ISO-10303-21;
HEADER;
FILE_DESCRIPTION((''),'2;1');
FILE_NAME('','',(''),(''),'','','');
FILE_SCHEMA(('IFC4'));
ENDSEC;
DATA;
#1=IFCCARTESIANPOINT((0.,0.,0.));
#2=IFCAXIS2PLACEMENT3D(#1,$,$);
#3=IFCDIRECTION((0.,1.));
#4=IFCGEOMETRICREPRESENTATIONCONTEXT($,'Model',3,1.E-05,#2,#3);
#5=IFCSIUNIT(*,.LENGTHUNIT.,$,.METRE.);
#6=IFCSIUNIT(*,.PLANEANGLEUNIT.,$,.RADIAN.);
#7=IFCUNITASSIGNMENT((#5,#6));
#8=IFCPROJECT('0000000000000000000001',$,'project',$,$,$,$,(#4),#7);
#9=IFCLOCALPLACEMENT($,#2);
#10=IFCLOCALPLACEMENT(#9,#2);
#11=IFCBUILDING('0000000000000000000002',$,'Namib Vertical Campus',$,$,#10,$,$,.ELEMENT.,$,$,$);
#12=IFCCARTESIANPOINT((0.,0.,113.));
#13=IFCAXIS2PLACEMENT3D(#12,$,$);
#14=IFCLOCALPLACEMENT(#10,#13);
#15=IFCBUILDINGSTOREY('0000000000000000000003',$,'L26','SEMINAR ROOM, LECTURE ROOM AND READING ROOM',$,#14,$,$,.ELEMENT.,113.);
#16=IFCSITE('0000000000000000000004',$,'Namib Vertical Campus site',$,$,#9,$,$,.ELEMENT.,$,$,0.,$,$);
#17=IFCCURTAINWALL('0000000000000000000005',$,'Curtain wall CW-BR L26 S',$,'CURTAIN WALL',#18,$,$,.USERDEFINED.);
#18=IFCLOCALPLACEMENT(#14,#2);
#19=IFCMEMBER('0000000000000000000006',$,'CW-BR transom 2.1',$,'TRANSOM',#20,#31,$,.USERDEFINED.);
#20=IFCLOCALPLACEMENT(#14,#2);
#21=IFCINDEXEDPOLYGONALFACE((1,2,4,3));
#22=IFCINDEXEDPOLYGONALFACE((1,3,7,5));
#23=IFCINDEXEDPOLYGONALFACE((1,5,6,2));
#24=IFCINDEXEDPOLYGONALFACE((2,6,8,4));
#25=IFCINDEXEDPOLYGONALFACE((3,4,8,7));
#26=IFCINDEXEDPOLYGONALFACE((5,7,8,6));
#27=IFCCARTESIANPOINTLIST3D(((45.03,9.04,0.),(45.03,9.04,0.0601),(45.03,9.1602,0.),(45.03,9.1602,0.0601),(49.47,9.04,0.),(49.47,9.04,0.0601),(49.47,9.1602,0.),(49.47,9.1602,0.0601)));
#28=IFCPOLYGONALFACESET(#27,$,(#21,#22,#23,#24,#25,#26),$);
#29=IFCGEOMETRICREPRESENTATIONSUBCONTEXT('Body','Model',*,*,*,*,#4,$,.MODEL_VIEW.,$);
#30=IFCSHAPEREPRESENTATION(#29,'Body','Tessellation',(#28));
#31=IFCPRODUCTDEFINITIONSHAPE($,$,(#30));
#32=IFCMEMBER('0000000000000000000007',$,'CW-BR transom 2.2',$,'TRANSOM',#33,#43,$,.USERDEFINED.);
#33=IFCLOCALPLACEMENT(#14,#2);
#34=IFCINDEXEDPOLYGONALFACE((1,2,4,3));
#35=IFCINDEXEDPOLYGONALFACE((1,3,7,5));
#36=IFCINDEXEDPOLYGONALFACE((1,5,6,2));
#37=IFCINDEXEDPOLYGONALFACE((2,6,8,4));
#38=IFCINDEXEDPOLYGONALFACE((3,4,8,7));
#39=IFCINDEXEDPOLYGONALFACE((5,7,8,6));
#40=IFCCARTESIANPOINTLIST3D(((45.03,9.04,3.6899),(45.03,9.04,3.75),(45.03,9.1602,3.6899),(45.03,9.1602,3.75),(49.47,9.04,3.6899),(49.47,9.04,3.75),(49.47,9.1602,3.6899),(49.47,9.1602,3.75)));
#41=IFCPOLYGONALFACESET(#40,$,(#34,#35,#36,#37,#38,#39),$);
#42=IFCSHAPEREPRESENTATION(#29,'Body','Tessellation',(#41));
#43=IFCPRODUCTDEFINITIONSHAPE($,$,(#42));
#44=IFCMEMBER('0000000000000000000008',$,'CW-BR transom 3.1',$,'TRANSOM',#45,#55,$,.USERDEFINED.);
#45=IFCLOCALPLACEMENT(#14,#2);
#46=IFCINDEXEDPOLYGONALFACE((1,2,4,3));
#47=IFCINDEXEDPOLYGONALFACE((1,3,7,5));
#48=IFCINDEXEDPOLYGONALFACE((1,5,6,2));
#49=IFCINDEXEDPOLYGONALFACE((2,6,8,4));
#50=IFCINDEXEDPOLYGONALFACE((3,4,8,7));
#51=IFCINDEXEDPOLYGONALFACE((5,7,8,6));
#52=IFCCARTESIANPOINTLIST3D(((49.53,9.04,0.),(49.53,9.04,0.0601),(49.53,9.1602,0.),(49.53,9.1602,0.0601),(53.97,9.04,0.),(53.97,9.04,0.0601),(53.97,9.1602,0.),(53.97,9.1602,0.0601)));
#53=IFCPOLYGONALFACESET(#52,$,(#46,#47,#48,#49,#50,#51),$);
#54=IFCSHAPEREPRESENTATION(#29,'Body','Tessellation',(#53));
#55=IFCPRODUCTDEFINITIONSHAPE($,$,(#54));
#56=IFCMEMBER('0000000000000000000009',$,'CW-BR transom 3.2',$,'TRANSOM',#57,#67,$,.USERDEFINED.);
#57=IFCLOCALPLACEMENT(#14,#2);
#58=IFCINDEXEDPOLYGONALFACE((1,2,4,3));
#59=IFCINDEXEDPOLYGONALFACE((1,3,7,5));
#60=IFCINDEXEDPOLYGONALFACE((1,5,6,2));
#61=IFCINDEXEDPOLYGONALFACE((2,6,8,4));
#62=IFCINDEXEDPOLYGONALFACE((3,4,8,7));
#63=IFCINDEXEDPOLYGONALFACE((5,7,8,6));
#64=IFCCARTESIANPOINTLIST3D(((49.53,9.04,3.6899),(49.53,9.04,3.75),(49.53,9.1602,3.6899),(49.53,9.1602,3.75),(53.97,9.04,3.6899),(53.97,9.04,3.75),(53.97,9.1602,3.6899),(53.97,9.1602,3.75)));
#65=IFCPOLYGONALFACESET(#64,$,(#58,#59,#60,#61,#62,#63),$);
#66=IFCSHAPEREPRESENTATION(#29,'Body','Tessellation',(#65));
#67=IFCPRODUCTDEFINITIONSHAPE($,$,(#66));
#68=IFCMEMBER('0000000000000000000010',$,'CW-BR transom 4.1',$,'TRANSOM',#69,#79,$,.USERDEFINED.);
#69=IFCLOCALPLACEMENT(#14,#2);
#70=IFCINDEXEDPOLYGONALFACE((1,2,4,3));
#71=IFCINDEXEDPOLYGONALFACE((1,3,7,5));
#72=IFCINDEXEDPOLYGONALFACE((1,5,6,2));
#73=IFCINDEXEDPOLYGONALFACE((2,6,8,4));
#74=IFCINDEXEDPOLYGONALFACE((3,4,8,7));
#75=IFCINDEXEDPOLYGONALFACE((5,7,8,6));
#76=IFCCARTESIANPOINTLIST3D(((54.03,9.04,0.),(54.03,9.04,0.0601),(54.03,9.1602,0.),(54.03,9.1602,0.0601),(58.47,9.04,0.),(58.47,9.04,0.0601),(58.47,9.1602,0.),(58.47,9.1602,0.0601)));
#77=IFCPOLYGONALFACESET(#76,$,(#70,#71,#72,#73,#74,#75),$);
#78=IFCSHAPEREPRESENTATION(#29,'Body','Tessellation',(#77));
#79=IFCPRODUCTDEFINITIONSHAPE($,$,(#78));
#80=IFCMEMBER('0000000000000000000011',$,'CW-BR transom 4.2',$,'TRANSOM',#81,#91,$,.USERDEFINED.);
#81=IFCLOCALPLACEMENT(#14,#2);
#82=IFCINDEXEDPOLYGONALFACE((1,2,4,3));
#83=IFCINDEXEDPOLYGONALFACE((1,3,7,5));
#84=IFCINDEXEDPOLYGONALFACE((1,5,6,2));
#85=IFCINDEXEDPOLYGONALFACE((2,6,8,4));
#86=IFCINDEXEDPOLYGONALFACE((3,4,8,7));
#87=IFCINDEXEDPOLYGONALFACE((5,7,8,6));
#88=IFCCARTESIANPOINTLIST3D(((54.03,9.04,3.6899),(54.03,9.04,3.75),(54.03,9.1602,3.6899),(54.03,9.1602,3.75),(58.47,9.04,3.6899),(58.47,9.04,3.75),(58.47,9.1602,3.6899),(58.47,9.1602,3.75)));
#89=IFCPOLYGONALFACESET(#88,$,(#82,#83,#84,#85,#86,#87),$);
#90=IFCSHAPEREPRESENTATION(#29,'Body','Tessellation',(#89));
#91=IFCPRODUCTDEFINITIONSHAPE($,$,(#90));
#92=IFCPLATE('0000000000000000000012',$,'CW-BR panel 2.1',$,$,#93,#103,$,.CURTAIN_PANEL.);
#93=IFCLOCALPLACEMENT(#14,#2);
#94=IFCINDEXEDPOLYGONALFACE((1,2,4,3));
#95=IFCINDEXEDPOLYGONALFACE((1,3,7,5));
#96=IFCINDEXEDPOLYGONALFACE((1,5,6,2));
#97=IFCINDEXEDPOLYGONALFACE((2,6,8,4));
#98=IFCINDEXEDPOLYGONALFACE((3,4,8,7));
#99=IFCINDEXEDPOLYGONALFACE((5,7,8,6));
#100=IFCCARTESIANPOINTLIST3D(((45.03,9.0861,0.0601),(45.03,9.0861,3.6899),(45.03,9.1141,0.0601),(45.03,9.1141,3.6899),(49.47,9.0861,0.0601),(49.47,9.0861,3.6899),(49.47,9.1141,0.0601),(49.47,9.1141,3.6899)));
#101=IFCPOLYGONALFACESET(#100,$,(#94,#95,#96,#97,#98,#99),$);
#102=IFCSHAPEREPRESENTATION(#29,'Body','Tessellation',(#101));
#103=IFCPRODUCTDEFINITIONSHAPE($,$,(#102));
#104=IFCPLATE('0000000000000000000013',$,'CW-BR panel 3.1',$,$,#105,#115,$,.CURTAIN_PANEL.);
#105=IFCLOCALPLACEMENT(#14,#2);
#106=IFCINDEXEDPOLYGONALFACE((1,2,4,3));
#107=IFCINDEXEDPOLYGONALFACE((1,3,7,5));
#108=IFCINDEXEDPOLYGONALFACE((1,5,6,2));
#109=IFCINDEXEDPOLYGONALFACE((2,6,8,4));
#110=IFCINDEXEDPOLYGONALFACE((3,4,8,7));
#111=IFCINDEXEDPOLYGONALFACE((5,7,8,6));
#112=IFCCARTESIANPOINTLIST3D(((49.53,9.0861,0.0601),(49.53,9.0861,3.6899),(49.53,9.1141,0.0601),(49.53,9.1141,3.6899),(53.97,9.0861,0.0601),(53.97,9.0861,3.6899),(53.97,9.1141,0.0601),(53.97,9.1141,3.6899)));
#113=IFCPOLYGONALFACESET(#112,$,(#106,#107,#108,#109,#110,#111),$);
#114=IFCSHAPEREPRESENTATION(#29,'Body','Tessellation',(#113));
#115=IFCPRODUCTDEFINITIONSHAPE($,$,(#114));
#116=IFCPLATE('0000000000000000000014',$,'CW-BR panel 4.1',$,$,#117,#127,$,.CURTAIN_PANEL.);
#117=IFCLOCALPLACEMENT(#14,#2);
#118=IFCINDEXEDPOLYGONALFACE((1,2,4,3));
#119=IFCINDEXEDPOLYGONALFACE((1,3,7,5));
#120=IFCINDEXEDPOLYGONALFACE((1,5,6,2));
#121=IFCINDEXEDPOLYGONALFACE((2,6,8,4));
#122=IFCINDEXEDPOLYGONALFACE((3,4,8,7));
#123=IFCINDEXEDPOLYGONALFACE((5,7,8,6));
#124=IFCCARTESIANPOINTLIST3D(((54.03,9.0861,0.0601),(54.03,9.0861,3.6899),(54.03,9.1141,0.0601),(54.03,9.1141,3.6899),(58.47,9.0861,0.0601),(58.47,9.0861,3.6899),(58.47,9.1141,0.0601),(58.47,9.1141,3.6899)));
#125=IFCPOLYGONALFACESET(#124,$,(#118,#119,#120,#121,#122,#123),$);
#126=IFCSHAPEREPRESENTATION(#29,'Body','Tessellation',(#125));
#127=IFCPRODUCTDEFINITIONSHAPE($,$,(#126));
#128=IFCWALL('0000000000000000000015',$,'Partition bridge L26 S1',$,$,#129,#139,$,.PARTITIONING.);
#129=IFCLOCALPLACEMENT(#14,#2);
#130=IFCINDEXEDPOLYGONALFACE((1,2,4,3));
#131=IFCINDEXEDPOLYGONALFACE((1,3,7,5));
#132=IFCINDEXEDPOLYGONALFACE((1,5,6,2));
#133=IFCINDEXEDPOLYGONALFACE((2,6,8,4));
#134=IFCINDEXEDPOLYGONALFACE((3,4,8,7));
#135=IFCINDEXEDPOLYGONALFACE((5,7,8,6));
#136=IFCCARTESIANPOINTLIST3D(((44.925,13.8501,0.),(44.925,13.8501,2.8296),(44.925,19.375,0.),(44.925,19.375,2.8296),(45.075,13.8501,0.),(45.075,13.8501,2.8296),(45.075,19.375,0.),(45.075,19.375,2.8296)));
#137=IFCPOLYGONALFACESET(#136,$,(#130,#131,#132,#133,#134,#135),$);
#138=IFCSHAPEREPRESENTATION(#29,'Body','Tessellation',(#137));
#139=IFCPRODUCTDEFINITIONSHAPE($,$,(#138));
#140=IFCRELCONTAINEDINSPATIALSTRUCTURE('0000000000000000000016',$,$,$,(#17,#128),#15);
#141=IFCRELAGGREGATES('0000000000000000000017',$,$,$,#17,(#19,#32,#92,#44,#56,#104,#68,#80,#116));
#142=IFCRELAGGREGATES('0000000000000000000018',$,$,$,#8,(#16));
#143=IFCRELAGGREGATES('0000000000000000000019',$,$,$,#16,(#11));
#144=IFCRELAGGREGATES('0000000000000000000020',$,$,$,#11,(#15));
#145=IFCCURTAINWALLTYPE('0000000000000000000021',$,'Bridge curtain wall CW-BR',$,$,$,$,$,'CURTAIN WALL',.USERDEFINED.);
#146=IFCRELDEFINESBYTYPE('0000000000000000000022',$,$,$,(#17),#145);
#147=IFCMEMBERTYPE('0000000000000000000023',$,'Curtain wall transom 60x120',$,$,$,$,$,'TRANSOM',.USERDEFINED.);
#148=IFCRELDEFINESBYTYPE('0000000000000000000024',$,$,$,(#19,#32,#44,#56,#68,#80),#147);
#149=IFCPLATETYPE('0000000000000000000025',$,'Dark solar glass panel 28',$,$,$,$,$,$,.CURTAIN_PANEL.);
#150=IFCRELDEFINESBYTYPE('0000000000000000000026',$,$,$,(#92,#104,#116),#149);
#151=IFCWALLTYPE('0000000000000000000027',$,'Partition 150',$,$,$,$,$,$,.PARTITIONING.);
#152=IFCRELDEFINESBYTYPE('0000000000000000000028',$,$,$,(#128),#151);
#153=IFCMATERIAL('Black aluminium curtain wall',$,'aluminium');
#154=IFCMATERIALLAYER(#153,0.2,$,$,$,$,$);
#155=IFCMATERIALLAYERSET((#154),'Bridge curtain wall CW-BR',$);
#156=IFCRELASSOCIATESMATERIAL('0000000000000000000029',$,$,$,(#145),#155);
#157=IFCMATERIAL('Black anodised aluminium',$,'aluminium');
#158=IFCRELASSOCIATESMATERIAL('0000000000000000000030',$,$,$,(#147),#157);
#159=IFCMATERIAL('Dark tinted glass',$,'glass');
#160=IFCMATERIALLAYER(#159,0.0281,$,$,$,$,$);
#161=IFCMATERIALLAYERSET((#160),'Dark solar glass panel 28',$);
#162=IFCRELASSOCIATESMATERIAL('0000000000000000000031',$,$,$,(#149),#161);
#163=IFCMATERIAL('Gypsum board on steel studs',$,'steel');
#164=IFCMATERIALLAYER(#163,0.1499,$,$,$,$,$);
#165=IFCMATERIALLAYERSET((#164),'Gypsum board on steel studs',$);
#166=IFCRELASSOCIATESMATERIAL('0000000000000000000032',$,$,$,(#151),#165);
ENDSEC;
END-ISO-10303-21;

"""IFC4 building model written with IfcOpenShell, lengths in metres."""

from ifc_helpers import new_model, si_unit, direction, frame, frame_2d, origin, origin_2d, place, context, subcontext, project, spatial, rectangle, extrude, material, layer, layer_set, material_profile, profile_set, type_object, element, aggregate, save


model = new_model("IFC4")

# Units and contexts
model_context = context("Model", 3, precision=1e-05, world=origin(), true_north=direction((0.0, 1.0)))
body_context = subcontext(model_context, "Body", "Model", "MODEL_VIEW")
ifc_project = project(units=[si_unit("LENGTHUNIT", "METRE"), si_unit("PLANEANGLEUNIT", "RADIAN")], contexts=[model_context])

# Site, building, storey
site_placement = place(None, origin())
site = spatial("IfcSite", under=ifc_project, at=site_placement, Name="Namib Vertical Campus site", CompositionType="ELEMENT", RefElevation=0.0)
building_placement = place(site_placement, origin())
building = spatial("IfcBuilding", under=site, at=building_placement, Name="Namib Vertical Campus", CompositionType="ELEMENT")
storey_placement = place(building_placement, frame((0.0, 0.0, 113.0)))
storey = spatial("IfcBuildingStorey", under=building, at=storey_placement, Name="L26", Description="SEMINAR ROOM, LECTURE ROOM AND READING ROOM", CompositionType="ELEMENT", Elevation=113.0)

# Curtain wall, members, plates
ifc_material_1 = material(Name="Black aluminium curtain wall", Category="aluminium")
ifc_layer_1 = layer(ifc_material_1, 0.2)
ifc_layer_set_1 = layer_set([ifc_layer_1], Name="Bridge curtain wall CW-BR")
curtain_wall_type = type_object("IfcCurtainWallType", Name="Bridge curtain wall CW-BR", ElementType="CURTAIN WALL", PredefinedType="USERDEFINED", material=ifc_layer_set_1)
curtain_wall_placement = place(storey_placement, origin())
curtain_wall = element("IfcCurtainWall", 1, at=curtain_wall_placement, inside=storey, type_object=curtain_wall_type, Name="Curtain wall CW-BR L26 S", ObjectType="CURTAIN WALL", PredefinedType="USERDEFINED")
ifc_material_2 = material(Name="Black anodised aluminium", Category="aluminium")
ifc_material_profile_1 = material_profile(ifc_material_2, rectangle(XDim=0.0601, YDim=0.1201, at=origin_2d()))
ifc_profile_set_1 = profile_set([ifc_material_profile_1], Name="Black anodised aluminium")
member_type_1 = type_object("IfcMemberType", Name="Curtain wall transom 60x120", ElementType="TRANSOM", PredefinedType="USERDEFINED", material=ifc_profile_set_1)
member_1_placement = place(storey_placement, frame((45.03, 9.1001, 0.03), z_axis=(1.0, 0.0, 0.0), x_axis=(0.0, 0.0, 1.0)))
member_1 = element("IfcMember", 2, at=member_1_placement, type_object=member_type_1, Name="CW-BR transom 2.1", ObjectType="TRANSOM", PredefinedType="USERDEFINED", context=body_context, shape_type="SweptSolid", body=[
    extrude(rectangle(XDim=0.0601, YDim=0.1201, at=origin_2d()), origin(), (0.0, 0.0, 1.0), 4.4399),
])
member_2_placement = place(storey_placement, frame((45.03, 9.1001, 3.72), z_axis=(1.0, 0.0, 0.0), x_axis=(0.0, 0.0, 1.0)))
member_2 = element("IfcMember", 3, at=member_2_placement, type_object=member_type_1, Name="CW-BR transom 2.2", ObjectType="TRANSOM", PredefinedType="USERDEFINED", context=body_context, shape_type="SweptSolid", body=[
    extrude(rectangle(XDim=0.0601, YDim=0.1201, at=origin_2d()), origin(), (0.0, 0.0, 1.0), 4.4399),
])
member_3_placement = place(storey_placement, frame((49.53, 9.1001, 0.03), z_axis=(1.0, 0.0, 0.0), x_axis=(0.0, 0.0, 1.0)))
member_3 = element("IfcMember", 4, at=member_3_placement, type_object=member_type_1, Name="CW-BR transom 3.1", ObjectType="TRANSOM", PredefinedType="USERDEFINED", context=body_context, shape_type="SweptSolid", body=[
    extrude(rectangle(XDim=0.0601, YDim=0.1201, at=origin_2d()), origin(), (0.0, 0.0, 1.0), 4.4399),
])
member_4_placement = place(storey_placement, frame((49.53, 9.1001, 3.72), z_axis=(1.0, 0.0, 0.0), x_axis=(0.0, 0.0, 1.0)))
member_4 = element("IfcMember", 5, at=member_4_placement, type_object=member_type_1, Name="CW-BR transom 3.2", ObjectType="TRANSOM", PredefinedType="USERDEFINED", context=body_context, shape_type="SweptSolid", body=[
    extrude(rectangle(XDim=0.0601, YDim=0.1201, at=origin_2d()), origin(), (0.0, 0.0, 1.0), 4.4399),
])
member_5_placement = place(storey_placement, frame((54.03, 9.1001, 0.03), z_axis=(1.0, 0.0, 0.0), x_axis=(0.0, 0.0, 1.0)))
member_5 = element("IfcMember", 6, at=member_5_placement, type_object=member_type_1, Name="CW-BR transom 4.1", ObjectType="TRANSOM", PredefinedType="USERDEFINED", context=body_context, shape_type="SweptSolid", body=[
    extrude(rectangle(XDim=0.0601, YDim=0.1201, at=origin_2d()), origin(), (0.0, 0.0, 1.0), 4.4399),
])
member_6_placement = place(storey_placement, frame((54.03, 9.1001, 3.72), z_axis=(1.0, 0.0, 0.0), x_axis=(0.0, 0.0, 1.0)))
member_6 = element("IfcMember", 7, at=member_6_placement, type_object=member_type_1, Name="CW-BR transom 4.2", ObjectType="TRANSOM", PredefinedType="USERDEFINED", context=body_context, shape_type="SweptSolid", body=[
    extrude(rectangle(XDim=0.0601, YDim=0.1201, at=origin_2d()), origin(), (0.0, 0.0, 1.0), 4.4399),
])
ifc_material_3 = material(Name="Dark tinted glass", Category="glass")
ifc_layer_2 = layer(ifc_material_3, 0.0281)
ifc_layer_set_2 = layer_set([ifc_layer_2], Name="Dark solar glass panel 28")
plate_type = type_object("IfcPlateType", Name="Dark solar glass panel 28", PredefinedType="CURTAIN_PANEL", material=ifc_layer_set_2)
plate_1_placement = place(storey_placement, frame((47.25, 9.1001, 0.0601), z_axis=(0.0, 0.0, 1.0), x_axis=(1.0, 0.0, 0.0)))
plate_1 = element("IfcPlate", 8, at=plate_1_placement, type_object=plate_type, Name="CW-BR panel 2.1", PredefinedType="CURTAIN_PANEL", context=body_context, shape_type="SweptSolid", body=[
    extrude(rectangle(XDim=4.4399, YDim=0.0281, at=origin_2d()), origin(), (0.0, 0.0, 1.0), 3.6299),
])
plate_2_placement = place(storey_placement, frame((51.75, 9.1001, 0.0601), z_axis=(0.0, 0.0, 1.0), x_axis=(1.0, 0.0, 0.0)))
plate_2 = element("IfcPlate", 9, at=plate_2_placement, type_object=plate_type, Name="CW-BR panel 3.1", PredefinedType="CURTAIN_PANEL", context=body_context, shape_type="SweptSolid", body=[
    extrude(rectangle(XDim=4.4399, YDim=0.0281, at=origin_2d()), origin(), (0.0, 0.0, 1.0), 3.6299),
])
plate_3_placement = place(storey_placement, frame((56.25, 9.1001, 0.0601), z_axis=(0.0, 0.0, 1.0), x_axis=(1.0, 0.0, 0.0)))
plate_3 = element("IfcPlate", 10, at=plate_3_placement, type_object=plate_type, Name="CW-BR panel 4.1", PredefinedType="CURTAIN_PANEL", context=body_context, shape_type="SweptSolid", body=[
    extrude(rectangle(XDim=4.4399, YDim=0.0281, at=origin_2d()), origin(), (0.0, 0.0, 1.0), 3.6299),
])
aggregate(curtain_wall, [member_1, member_2, plate_1, member_3, member_4, plate_2, member_5, member_6, plate_3])

# Wall
ifc_material_4 = material(Name="Gypsum board on steel studs", Category="steel")
ifc_layer_3 = layer(ifc_material_4, 0.1499)
ifc_layer_set_3 = layer_set([ifc_layer_3], Name="Gypsum board on steel studs")
wall_type = type_object("IfcWallType", Name="Partition 150", PredefinedType="PARTITIONING", material=ifc_layer_set_3)
wall_placement = place(storey_placement, frame((45.0, 13.8501, 0.0), z_axis=(0.0, 0.0, 1.0), x_axis=(0.0, 1.0, 0.0)))
element("IfcWall", 11, at=wall_placement, inside=storey, type_object=wall_type, Name="Partition bridge L26 S1", PredefinedType="PARTITIONING", context=body_context, shape_type="SweptSolid", body=[
    extrude(rectangle(XDim=5.5249, YDim=0.1499, at=frame_2d((2.7625, 0.0))), origin(), (0.0, 0.0, 1.0), 2.8296),
])

save(model, "model.ifc")
